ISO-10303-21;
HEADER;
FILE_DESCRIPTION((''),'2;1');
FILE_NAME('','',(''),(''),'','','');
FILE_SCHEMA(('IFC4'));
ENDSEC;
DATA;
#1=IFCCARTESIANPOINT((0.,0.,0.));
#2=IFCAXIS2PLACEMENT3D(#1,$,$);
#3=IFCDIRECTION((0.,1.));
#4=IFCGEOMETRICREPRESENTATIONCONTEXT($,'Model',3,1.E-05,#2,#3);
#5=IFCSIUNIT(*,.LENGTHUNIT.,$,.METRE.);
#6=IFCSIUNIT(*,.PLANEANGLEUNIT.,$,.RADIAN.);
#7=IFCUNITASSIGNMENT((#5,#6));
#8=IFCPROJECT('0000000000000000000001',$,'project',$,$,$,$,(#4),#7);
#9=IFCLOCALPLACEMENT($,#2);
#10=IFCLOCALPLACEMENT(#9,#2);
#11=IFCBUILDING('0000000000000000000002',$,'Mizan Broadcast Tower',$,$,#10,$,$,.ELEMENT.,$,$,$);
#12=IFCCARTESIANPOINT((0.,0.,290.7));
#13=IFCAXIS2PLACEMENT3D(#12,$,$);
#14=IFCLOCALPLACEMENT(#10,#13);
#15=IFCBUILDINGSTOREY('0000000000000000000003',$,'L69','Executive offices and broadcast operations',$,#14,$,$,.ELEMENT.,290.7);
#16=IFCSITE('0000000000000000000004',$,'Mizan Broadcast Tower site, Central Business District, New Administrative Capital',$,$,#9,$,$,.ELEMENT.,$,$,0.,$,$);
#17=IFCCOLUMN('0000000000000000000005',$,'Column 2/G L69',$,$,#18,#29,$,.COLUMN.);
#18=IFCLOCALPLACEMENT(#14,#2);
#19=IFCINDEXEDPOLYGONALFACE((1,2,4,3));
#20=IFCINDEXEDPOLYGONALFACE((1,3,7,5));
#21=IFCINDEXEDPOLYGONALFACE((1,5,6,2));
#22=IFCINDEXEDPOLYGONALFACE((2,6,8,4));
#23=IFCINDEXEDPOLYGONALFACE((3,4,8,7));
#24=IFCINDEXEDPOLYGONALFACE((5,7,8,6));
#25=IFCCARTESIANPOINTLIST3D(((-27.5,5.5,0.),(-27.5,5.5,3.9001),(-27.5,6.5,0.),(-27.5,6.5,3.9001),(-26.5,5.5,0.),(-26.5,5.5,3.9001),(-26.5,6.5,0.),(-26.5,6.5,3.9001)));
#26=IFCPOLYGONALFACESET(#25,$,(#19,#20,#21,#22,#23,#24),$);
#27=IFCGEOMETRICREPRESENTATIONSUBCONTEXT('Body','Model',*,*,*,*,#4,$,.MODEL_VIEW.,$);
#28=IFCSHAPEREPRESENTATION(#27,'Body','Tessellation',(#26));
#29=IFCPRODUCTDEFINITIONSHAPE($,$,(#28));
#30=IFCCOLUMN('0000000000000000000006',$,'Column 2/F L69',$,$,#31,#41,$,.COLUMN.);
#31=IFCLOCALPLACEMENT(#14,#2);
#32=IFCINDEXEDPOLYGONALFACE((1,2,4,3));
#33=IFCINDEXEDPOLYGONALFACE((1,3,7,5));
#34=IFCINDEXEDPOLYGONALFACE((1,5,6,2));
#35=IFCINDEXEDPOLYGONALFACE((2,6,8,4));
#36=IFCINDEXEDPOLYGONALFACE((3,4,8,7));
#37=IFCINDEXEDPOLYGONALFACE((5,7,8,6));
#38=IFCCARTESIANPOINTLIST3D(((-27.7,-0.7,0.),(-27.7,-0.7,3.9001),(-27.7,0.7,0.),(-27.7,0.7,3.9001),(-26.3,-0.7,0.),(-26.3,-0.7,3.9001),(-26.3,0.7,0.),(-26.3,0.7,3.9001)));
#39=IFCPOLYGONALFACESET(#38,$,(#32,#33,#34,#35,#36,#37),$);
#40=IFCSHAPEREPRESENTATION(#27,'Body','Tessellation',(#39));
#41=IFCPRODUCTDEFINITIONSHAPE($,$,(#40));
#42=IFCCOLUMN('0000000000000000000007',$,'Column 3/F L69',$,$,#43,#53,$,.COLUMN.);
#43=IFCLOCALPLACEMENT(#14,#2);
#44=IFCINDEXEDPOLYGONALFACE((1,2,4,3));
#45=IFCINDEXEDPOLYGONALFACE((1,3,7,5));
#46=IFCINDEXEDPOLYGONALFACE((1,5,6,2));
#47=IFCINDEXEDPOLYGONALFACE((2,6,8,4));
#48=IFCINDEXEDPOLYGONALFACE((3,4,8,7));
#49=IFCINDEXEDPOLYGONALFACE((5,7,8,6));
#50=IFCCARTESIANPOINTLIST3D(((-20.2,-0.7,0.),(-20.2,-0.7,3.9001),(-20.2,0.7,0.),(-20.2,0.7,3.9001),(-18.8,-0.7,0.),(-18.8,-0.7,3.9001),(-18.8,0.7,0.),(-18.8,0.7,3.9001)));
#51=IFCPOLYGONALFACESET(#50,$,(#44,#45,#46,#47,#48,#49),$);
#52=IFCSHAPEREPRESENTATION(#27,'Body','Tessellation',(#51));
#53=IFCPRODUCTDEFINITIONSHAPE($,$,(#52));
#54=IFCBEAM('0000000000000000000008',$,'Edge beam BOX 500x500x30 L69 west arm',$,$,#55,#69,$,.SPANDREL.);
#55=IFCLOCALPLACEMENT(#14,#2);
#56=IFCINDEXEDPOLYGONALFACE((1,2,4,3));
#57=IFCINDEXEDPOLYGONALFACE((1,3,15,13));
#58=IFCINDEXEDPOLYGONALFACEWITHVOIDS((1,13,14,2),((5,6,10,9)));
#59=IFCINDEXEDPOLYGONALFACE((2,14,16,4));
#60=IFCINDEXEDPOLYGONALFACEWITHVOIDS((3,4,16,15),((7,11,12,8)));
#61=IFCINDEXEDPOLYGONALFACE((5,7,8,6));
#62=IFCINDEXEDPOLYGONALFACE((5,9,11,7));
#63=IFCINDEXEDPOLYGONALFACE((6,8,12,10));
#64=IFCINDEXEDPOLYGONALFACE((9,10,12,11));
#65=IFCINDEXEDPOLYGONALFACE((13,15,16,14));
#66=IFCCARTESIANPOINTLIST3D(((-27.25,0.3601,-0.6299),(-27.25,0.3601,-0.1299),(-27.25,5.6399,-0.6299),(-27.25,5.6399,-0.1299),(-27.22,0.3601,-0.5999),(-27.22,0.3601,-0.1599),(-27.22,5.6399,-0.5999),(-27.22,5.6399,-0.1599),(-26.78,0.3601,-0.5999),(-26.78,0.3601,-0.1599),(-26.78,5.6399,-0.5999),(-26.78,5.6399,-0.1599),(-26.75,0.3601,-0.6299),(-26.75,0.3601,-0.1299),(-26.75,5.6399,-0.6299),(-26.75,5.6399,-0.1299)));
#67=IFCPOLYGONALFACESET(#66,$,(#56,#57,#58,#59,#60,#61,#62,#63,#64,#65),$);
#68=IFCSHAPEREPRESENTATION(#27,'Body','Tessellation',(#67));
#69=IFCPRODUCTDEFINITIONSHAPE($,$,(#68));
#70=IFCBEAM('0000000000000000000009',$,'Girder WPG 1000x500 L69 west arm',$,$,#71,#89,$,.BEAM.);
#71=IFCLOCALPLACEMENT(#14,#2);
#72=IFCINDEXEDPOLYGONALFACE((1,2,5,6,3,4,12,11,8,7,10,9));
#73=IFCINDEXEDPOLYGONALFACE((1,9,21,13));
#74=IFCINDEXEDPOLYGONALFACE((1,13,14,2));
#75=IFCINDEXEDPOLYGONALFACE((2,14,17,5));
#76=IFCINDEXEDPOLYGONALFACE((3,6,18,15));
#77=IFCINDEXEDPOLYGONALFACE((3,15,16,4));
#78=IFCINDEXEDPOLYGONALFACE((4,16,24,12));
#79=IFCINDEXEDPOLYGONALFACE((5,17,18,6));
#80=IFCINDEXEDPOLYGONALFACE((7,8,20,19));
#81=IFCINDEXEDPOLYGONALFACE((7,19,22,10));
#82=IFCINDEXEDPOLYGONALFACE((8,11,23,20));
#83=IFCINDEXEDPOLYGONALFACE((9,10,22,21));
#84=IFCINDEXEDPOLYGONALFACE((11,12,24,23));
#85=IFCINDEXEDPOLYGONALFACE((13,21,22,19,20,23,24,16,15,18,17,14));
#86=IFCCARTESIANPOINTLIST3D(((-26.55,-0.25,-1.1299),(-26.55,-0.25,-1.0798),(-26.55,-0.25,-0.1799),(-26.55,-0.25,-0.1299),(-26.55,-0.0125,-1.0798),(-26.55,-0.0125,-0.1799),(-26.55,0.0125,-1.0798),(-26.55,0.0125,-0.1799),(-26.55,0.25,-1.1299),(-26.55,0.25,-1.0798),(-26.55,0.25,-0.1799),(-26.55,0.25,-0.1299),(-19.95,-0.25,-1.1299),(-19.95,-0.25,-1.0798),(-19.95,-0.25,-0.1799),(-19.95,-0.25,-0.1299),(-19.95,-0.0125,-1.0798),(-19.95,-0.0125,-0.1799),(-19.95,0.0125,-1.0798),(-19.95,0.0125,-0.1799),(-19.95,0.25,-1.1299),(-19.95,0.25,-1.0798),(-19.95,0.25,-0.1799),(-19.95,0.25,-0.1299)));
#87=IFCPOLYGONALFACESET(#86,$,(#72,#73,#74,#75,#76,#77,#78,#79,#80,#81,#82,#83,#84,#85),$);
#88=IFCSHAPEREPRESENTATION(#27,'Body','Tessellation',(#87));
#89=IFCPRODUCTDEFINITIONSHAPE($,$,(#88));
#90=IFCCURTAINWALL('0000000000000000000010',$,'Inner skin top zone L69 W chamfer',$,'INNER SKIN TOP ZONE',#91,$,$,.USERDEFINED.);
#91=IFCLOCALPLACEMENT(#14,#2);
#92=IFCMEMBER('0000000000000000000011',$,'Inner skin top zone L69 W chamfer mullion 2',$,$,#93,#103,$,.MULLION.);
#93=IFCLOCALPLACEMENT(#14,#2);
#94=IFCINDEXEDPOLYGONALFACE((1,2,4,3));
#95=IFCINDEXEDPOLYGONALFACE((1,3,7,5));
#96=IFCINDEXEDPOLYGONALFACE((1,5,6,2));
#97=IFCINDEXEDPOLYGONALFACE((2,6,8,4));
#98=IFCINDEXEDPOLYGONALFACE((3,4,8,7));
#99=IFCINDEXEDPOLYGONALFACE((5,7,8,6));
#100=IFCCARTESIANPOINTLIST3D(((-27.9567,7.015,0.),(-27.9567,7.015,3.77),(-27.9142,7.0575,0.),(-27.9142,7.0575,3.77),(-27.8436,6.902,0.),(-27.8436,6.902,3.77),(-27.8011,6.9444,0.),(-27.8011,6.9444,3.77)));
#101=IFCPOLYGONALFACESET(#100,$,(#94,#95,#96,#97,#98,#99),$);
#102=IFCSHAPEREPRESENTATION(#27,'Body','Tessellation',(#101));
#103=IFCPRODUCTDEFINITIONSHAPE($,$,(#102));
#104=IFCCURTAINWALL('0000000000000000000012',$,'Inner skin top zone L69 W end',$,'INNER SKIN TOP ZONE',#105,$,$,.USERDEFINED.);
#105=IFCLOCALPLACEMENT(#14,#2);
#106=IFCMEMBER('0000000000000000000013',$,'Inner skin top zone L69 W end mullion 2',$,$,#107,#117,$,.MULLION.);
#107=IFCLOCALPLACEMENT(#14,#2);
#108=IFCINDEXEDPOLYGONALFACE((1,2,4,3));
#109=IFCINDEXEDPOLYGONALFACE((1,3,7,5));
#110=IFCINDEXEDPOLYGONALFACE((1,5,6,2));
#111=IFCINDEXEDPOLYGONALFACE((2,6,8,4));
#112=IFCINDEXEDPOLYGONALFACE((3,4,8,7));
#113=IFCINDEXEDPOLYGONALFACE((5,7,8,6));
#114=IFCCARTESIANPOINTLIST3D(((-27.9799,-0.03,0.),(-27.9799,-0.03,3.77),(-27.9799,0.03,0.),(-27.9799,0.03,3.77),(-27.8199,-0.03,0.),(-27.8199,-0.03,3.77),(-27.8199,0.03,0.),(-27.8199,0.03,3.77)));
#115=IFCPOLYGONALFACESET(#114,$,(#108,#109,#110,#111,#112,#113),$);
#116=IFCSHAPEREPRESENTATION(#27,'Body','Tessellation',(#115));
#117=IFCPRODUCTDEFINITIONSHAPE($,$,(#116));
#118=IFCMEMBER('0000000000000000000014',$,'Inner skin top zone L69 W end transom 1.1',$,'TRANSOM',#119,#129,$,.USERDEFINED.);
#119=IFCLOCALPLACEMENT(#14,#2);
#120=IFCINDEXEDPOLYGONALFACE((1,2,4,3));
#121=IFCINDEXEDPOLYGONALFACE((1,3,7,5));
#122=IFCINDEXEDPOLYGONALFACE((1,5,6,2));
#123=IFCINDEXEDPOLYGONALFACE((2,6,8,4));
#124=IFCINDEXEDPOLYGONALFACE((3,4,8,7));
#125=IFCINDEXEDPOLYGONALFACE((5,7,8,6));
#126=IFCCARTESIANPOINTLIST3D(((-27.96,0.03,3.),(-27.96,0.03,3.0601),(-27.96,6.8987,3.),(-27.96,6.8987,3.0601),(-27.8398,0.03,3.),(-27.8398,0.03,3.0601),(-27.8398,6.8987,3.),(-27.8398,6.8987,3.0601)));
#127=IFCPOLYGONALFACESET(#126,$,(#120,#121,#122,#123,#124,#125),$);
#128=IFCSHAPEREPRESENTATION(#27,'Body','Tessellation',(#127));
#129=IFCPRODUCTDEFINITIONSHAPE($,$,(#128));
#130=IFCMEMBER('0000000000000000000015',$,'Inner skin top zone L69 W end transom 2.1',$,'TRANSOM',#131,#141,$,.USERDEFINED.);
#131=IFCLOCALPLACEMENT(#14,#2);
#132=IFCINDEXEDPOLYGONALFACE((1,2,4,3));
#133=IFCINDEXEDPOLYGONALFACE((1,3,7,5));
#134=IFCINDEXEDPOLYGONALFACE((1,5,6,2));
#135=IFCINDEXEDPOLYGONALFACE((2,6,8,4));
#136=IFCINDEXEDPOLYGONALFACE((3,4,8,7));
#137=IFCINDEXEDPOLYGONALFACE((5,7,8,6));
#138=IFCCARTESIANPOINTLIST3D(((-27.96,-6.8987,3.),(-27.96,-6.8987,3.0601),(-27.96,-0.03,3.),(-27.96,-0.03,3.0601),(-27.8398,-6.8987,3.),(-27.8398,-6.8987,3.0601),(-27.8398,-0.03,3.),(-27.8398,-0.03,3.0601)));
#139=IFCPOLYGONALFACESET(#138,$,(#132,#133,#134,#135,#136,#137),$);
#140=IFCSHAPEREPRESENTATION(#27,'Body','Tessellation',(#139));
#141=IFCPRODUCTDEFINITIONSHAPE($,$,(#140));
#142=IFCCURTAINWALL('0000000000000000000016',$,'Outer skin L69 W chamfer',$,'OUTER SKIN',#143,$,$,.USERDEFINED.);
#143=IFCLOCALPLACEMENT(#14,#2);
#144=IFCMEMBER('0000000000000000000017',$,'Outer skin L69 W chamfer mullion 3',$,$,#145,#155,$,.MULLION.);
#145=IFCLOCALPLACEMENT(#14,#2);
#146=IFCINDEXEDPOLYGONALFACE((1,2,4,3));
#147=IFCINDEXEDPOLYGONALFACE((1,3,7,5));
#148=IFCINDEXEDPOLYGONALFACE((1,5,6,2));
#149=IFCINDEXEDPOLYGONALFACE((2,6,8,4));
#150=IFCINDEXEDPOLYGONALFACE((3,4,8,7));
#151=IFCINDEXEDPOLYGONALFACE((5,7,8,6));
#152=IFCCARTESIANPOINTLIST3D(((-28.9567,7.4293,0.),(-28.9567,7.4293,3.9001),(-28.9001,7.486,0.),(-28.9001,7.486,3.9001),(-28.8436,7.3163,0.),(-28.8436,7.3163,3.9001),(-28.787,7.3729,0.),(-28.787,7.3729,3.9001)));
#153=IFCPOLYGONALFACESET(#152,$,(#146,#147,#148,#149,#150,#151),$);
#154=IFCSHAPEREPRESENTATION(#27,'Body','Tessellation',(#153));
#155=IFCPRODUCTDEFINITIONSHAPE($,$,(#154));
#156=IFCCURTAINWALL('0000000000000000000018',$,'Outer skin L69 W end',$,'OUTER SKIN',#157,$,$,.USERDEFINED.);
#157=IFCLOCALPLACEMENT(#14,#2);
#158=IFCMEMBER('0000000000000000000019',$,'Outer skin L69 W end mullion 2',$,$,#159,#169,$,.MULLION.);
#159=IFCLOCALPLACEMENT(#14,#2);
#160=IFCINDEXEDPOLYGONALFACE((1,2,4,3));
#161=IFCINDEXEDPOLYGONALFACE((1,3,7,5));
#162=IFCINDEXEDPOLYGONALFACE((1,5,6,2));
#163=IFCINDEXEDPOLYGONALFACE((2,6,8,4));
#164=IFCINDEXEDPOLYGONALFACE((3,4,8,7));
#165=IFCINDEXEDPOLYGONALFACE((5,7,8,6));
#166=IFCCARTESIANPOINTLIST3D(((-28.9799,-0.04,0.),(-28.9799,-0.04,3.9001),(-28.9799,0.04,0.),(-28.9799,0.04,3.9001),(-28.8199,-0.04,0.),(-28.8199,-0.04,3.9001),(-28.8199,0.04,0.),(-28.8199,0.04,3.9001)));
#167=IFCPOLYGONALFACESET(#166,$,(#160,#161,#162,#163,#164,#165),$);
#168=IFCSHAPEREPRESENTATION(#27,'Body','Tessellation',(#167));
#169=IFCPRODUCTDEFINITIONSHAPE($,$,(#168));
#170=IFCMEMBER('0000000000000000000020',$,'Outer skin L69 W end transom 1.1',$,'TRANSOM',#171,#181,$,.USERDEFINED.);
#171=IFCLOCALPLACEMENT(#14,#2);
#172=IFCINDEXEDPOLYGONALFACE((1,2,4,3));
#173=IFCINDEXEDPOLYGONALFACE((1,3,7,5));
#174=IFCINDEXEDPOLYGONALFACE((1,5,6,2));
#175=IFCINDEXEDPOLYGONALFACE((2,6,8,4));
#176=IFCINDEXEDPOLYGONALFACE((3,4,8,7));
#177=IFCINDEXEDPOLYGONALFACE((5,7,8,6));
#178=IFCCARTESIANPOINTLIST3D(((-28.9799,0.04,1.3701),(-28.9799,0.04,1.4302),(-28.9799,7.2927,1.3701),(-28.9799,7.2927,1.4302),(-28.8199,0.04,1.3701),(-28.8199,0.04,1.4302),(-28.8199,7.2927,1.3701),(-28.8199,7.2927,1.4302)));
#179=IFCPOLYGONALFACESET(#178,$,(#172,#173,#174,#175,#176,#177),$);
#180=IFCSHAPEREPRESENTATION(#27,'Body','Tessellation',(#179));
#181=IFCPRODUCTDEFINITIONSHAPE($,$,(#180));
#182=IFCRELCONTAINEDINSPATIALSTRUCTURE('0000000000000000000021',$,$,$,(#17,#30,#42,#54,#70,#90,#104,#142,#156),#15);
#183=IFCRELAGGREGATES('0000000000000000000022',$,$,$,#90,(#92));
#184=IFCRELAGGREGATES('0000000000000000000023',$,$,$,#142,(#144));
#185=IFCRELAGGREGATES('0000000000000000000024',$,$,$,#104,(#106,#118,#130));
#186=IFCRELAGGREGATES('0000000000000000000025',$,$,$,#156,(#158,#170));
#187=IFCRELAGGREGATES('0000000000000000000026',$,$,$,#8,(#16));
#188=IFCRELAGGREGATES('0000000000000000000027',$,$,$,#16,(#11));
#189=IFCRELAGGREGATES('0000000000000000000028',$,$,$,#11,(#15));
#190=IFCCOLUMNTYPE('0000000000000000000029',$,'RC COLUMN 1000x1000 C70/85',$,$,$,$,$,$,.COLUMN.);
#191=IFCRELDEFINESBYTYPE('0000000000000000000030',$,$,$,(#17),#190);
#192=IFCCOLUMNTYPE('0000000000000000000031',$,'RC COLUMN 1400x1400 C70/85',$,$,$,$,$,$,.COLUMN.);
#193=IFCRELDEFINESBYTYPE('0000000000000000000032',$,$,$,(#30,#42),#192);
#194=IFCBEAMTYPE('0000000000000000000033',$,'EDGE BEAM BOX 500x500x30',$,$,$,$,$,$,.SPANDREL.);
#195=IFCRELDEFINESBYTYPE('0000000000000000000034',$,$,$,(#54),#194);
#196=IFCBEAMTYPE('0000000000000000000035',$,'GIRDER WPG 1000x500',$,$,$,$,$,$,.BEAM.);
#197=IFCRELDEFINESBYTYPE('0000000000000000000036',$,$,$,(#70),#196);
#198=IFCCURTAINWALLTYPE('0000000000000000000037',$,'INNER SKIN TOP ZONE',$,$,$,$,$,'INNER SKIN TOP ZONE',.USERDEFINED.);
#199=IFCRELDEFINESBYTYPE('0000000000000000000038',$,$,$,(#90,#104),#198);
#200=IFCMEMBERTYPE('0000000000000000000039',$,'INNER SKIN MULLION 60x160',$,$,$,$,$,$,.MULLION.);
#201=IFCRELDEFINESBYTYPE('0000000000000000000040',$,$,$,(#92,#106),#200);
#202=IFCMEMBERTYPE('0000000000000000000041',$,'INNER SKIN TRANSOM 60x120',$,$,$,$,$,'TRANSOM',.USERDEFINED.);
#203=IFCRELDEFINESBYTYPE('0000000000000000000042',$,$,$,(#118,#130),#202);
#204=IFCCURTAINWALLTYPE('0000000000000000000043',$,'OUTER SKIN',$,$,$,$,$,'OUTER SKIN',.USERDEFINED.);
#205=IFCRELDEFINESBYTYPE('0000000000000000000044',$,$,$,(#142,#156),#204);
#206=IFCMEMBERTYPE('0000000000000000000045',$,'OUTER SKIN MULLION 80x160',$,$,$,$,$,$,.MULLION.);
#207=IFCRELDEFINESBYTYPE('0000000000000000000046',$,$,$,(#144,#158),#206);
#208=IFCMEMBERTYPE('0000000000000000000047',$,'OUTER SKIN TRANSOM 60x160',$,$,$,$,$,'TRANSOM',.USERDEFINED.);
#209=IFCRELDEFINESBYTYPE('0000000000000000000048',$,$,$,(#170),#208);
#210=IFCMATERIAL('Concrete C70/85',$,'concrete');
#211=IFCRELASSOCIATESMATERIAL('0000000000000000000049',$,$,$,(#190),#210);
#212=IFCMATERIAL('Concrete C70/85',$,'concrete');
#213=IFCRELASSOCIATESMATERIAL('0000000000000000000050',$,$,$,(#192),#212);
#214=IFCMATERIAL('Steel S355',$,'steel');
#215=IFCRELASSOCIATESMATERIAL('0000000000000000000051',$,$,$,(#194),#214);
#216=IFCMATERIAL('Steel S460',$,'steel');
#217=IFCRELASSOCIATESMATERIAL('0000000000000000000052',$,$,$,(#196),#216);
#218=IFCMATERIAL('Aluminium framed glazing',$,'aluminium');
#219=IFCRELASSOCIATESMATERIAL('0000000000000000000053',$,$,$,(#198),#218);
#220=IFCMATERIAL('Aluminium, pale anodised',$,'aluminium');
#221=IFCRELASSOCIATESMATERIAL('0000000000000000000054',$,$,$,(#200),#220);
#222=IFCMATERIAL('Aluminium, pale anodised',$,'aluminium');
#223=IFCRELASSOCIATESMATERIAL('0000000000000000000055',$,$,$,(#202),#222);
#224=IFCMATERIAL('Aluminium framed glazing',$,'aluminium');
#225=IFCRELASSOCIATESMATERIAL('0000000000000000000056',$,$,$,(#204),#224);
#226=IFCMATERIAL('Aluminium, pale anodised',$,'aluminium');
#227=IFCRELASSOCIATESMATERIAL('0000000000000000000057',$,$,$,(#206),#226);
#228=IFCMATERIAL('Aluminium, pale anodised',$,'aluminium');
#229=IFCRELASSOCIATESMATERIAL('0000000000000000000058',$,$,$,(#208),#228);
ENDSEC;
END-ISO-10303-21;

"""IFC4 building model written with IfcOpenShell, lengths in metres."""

from ifc_helpers import new_model, si_unit, direction, frame, origin, origin_2d, place, context, subcontext, project, spatial, rectangle, hollow_rectangle, i_section, extrude, material, material_profile, profile_set, type_object, element, aggregate, save


model = new_model("IFC4")

# Units and contexts
model_context = context("Model", 3, precision=1e-05, world=origin(), true_north=direction((0.0, 1.0)))
body_context = subcontext(model_context, "Body", "Model", "MODEL_VIEW")
ifc_project = project(units=[si_unit("LENGTHUNIT", "METRE"), si_unit("PLANEANGLEUNIT", "RADIAN")], contexts=[model_context])

# Site, building, storey
site_placement = place(None, origin())
site = spatial("IfcSite", under=ifc_project, at=site_placement, Name="Mizan Broadcast Tower site, Central Business District, New Administrative Capital", CompositionType="ELEMENT", RefElevation=0.0)
building_placement = place(site_placement, origin())
building = spatial("IfcBuilding", under=site, at=building_placement, Name="Mizan Broadcast Tower", CompositionType="ELEMENT")
storey_placement = place(building_placement, frame((0.0, 0.0, 290.7)))
storey = spatial("IfcBuildingStorey", under=building, at=storey_placement, Name="L69", Description="Executive offices and broadcast operations", CompositionType="ELEMENT", Elevation=290.7)

# Columns
ifc_material_1 = material(Name="Concrete C70/85", Category="concrete")
ifc_material_profile_1 = material_profile(ifc_material_1, rectangle(XDim=1.0, YDim=1.0, at=origin_2d()), Name="RC 1000x1000")
ifc_profile_set_1 = profile_set([ifc_material_profile_1], Name="Concrete C70/85")
column_type_1 = type_object("IfcColumnType", Name="RC COLUMN 1000x1000 C70/85", PredefinedType="COLUMN", material=ifc_profile_set_1)
column_placement = place(storey_placement, frame((-27.0, 6.0, 0.0), z_axis=(0.0, 0.0, 1.0), x_axis=(1.0, 0.0, 0.0)))
element("IfcColumn", 1, at=column_placement, inside=storey, type_object=column_type_1, Name="Column 2/G L69", PredefinedType="COLUMN", context=body_context, shape_type="SweptSolid", body=[
    extrude(rectangle(XDim=1.0, YDim=1.0, at=origin_2d()), origin(), (0.0, 0.0, 1.0), 3.9001),
])
ifc_material_2 = material(Name="Concrete C70/85", Category="concrete")
ifc_material_profile_2 = material_profile(ifc_material_2, rectangle(XDim=1.3999, YDim=1.3999, at=origin_2d()), Name="RC 1400x1400")
ifc_profile_set_2 = profile_set([ifc_material_profile_2], Name="Concrete C70/85")
column_type_2 = type_object("IfcColumnType", Name="RC COLUMN 1400x1400 C70/85", PredefinedType="COLUMN", material=ifc_profile_set_2)
for number, where, z_axis, x_axis, name in (
    (2, (-27.0, 0.0, 0.0), (0.0, 0.0, 1.0), (1.0, 0.0, 0.0), "Column 2/F L69"),
    (3, (-19.5, 0.0, 0.0), (0.0, 0.0, 1.0), (1.0, 0.0, 0.0), "Column 3/F L69"),
):
    element("IfcColumn", number, at=place(storey_placement, frame(where, z_axis=z_axis, x_axis=x_axis)), inside=storey, type_object=column_type_2, Name=name, PredefinedType="COLUMN", context=body_context, shape_type="SweptSolid", body=[
        extrude(rectangle(XDim=1.3999, YDim=1.3999, at=origin_2d()), origin(), (0.0, 0.0, 1.0), 3.9001),
    ])

# Beams
ifc_material_3 = material(Name="Steel S355", Category="steel")
ifc_material_profile_3 = material_profile(ifc_material_3, hollow_rectangle(XDim=0.5, YDim=0.5, WallThickness=0.03, at=origin_2d()), Name="BOX 500x500x30")
ifc_profile_set_3 = profile_set([ifc_material_profile_3], Name="Steel S355")
beam_type_1 = type_object("IfcBeamType", Name="EDGE BEAM BOX 500x500x30", PredefinedType="SPANDREL", material=ifc_profile_set_3)
beam_1_placement = place(storey_placement, frame((-27.0, 5.6399, -0.3799), z_axis=(0.0, -1.0, 0.0), x_axis=(1.0, 0.0, 0.0)))
element("IfcBeam", 4, at=beam_1_placement, inside=storey, type_object=beam_type_1, Name="Edge beam BOX 500x500x30 L69 west arm", PredefinedType="SPANDREL", context=body_context, shape_type="SweptSolid", body=[
    extrude(hollow_rectangle(XDim=0.5, YDim=0.5, WallThickness=0.03, at=origin_2d()), origin(), (0.0, 0.0, 1.0), 5.2798),
])
ifc_material_4 = material(Name="Steel S460", Category="steel")
ifc_material_profile_4 = material_profile(ifc_material_4, i_section(OverallWidth=0.5, OverallDepth=1.0, WebThickness=0.0249, FlangeThickness=0.05, at=origin_2d()), Name="WPG 1000x500")
ifc_profile_set_4 = profile_set([ifc_material_profile_4], Name="Steel S460")
beam_type_2 = type_object("IfcBeamType", Name="GIRDER WPG 1000x500", PredefinedType="BEAM", material=ifc_profile_set_4)
beam_2_placement = place(storey_placement, frame((-19.95, 0.0, -0.6299), z_axis=(-1.0, 0.0, 0.0), x_axis=(0.0, -1.0, 0.0)))
element("IfcBeam", 5, at=beam_2_placement, inside=storey, type_object=beam_type_2, Name="Girder WPG 1000x500 L69 west arm", PredefinedType="BEAM", context=body_context, shape_type="SweptSolid", body=[
    extrude(i_section(OverallWidth=0.5, OverallDepth=1.0, WebThickness=0.0249, FlangeThickness=0.05, at=origin_2d()), origin(), (0.0, 0.0, 1.0), 6.6001),
])

# Curtain wall, member
ifc_material_5 = material(Name="Aluminium framed glazing", Category="aluminium")
curtain_wall_type_1 = type_object("IfcCurtainWallType", Name="INNER SKIN TOP ZONE", ElementType="INNER SKIN TOP ZONE", PredefinedType="USERDEFINED", material=ifc_material_5)
curtain_wall_1_placement = place(storey_placement, origin())
curtain_wall_1 = element("IfcCurtainWall", 6, at=curtain_wall_1_placement, inside=storey, type_object=curtain_wall_type_1, Name="Inner skin top zone L69 W chamfer", ObjectType="INNER SKIN TOP ZONE", PredefinedType="USERDEFINED")
ifc_material_6 = material(Name="Aluminium, pale anodised", Category="aluminium")
ifc_material_profile_5 = material_profile(ifc_material_6, rectangle(XDim=0.1599, YDim=0.0601, at=origin_2d()), Name="MULLION 160x60")
ifc_profile_set_5 = profile_set([ifc_material_profile_5], Name="Aluminium, pale anodised")
member_type_1 = type_object("IfcMemberType", Name="INNER SKIN MULLION 60x160", PredefinedType="MULLION", material=ifc_profile_set_5)
member_1_placement = place(storey_placement, frame((-27.8789, 6.9797, 0.0), z_axis=(0.0, 0.0, 1.0), x_axis=(0.707107, -0.707107, 0.0)))
member_1 = element("IfcMember", 7, at=member_1_placement, type_object=member_type_1, Name="Inner skin top zone L69 W chamfer mullion 2", PredefinedType="MULLION", context=body_context, shape_type="SweptSolid", body=[
    extrude(rectangle(XDim=0.1599, YDim=0.0601, at=origin_2d()), origin(), (0.0, 0.0, 1.0), 3.77),
])
aggregate(curtain_wall_1, [member_1])

# Curtain wall, members
curtain_wall_2_placement = place(storey_placement, origin())
curtain_wall_2 = element("IfcCurtainWall", 8, at=curtain_wall_2_placement, inside=storey, type_object=curtain_wall_type_1, Name="Inner skin top zone L69 W end", ObjectType="INNER SKIN TOP ZONE", PredefinedType="USERDEFINED")
member_2_placement = place(storey_placement, frame((-27.8999, 0.0, 0.0), z_axis=(0.0, 0.0, 1.0), x_axis=(1.0, 0.0, 0.0)))
member_2 = element("IfcMember", 9, at=member_2_placement, type_object=member_type_1, Name="Inner skin top zone L69 W end mullion 2", PredefinedType="MULLION", context=body_context, shape_type="SweptSolid", body=[
    extrude(rectangle(XDim=0.1599, YDim=0.0601, at=origin_2d()), origin(), (0.0, 0.0, 1.0), 3.77),
])
ifc_material_7 = material(Name="Aluminium, pale anodised", Category="aluminium")
ifc_material_profile_6 = material_profile(ifc_material_7, rectangle(XDim=0.1201, YDim=0.0601, at=origin_2d()), Name="TRANSOM 120x60")
ifc_profile_set_6 = profile_set([ifc_material_profile_6], Name="Aluminium, pale anodised")
member_type_2 = type_object("IfcMemberType", Name="INNER SKIN TRANSOM 60x120", ElementType="TRANSOM", PredefinedType="USERDEFINED", material=ifc_profile_set_6)
member_3_placement = place(storey_placement, frame((-27.8999, 6.8987, 3.03), z_axis=(0.0, -1.0, 0.0), x_axis=(1.0, 0.0, 0.0)))
member_3 = element("IfcMember", 10, at=member_3_placement, type_object=member_type_2, Name="Inner skin top zone L69 W end transom 1.1", ObjectType="TRANSOM", PredefinedType="USERDEFINED", context=body_context, shape_type="SweptSolid", body=[
    extrude(rectangle(XDim=0.1201, YDim=0.0601, at=origin_2d()), origin(), (0.0, 0.0, 1.0), 6.8687),
])
member_4_placement = place(storey_placement, frame((-27.8999, -0.03, 3.03), z_axis=(0.0, -1.0, 0.0), x_axis=(1.0, 0.0, 0.0)))
member_4 = element("IfcMember", 11, at=member_4_placement, type_object=member_type_2, Name="Inner skin top zone L69 W end transom 2.1", ObjectType="TRANSOM", PredefinedType="USERDEFINED", context=body_context, shape_type="SweptSolid", body=[
    extrude(rectangle(XDim=0.1201, YDim=0.0601, at=origin_2d()), origin(), (0.0, 0.0, 1.0), 6.8687),
])

# Curtain wall, member
ifc_material_8 = material(Name="Aluminium framed glazing", Category="aluminium")
curtain_wall_type_2 = type_object("IfcCurtainWallType", Name="OUTER SKIN", ElementType="OUTER SKIN", PredefinedType="USERDEFINED", material=ifc_material_8)
curtain_wall_3_placement = place(storey_placement, origin())
curtain_wall_3 = element("IfcCurtainWall", 12, at=curtain_wall_3_placement, inside=storey, type_object=curtain_wall_type_2, Name="Outer skin L69 W chamfer", ObjectType="OUTER SKIN", PredefinedType="USERDEFINED")
ifc_material_9 = material(Name="Aluminium, pale anodised", Category="aluminium")
ifc_material_profile_7 = material_profile(ifc_material_9, rectangle(XDim=0.1599, YDim=0.0801, at=origin_2d()), Name="MULLION 160x80")
ifc_profile_set_7 = profile_set([ifc_material_profile_7], Name="Aluminium, pale anodised")
member_type_3 = type_object("IfcMemberType", Name="OUTER SKIN MULLION 80x160", PredefinedType="MULLION", material=ifc_profile_set_7)
member_5_placement = place(storey_placement, frame((-28.8718, 7.4011, 0.0), z_axis=(0.0, 0.0, 1.0), x_axis=(0.707107, -0.707107, 0.0)))
member_5 = element("IfcMember", 13, at=member_5_placement, type_object=member_type_3, Name="Outer skin L69 W chamfer mullion 3", PredefinedType="MULLION", context=body_context, shape_type="SweptSolid", body=[
    extrude(rectangle(XDim=0.1599, YDim=0.0801, at=origin_2d()), origin(), (0.0, 0.0, 1.0), 3.9001),
])
aggregate(curtain_wall_3, [member_5])

# Curtain wall, members
curtain_wall_4_placement = place(storey_placement, origin())
curtain_wall_4 = element("IfcCurtainWall", 14, at=curtain_wall_4_placement, inside=storey, type_object=curtain_wall_type_2, Name="Outer skin L69 W end", ObjectType="OUTER SKIN", PredefinedType="USERDEFINED")
member_6_placement = place(storey_placement, frame((-28.8999, 0.0, 0.0), z_axis=(0.0, 0.0, 1.0), x_axis=(1.0, 0.0, 0.0)))
member_6 = element("IfcMember", 15, at=member_6_placement, type_object=member_type_3, Name="Outer skin L69 W end mullion 2", PredefinedType="MULLION", context=body_context, shape_type="SweptSolid", body=[
    extrude(rectangle(XDim=0.1599, YDim=0.0801, at=origin_2d()), origin(), (0.0, 0.0, 1.0), 3.9001),
])
ifc_material_10 = material(Name="Aluminium, pale anodised", Category="aluminium")
ifc_material_profile_8 = material_profile(ifc_material_10, rectangle(XDim=0.1599, YDim=0.0601, at=origin_2d()), Name="TRANSOM 160x60")
ifc_profile_set_8 = profile_set([ifc_material_profile_8], Name="Aluminium, pale anodised")
member_type_4 = type_object("IfcMemberType", Name="OUTER SKIN TRANSOM 60x160", ElementType="TRANSOM", PredefinedType="USERDEFINED", material=ifc_profile_set_8)
member_7_placement = place(storey_placement, frame((-28.8999, 7.2927, 1.4001), z_axis=(0.0, -1.0, 0.0), x_axis=(1.0, 0.0, 0.0)))
member_7 = element("IfcMember", 16, at=member_7_placement, type_object=member_type_4, Name="Outer skin L69 W end transom 1.1", ObjectType="TRANSOM", PredefinedType="USERDEFINED", context=body_context, shape_type="SweptSolid", body=[
    extrude(rectangle(XDim=0.1599, YDim=0.0601, at=origin_2d()), origin(), (0.0, 0.0, 1.0), 7.2527),
])

aggregate(curtain_wall_2, [member_2, member_3, member_4])
aggregate(curtain_wall_4, [member_6, member_7])

save(model, "model.ifc")
